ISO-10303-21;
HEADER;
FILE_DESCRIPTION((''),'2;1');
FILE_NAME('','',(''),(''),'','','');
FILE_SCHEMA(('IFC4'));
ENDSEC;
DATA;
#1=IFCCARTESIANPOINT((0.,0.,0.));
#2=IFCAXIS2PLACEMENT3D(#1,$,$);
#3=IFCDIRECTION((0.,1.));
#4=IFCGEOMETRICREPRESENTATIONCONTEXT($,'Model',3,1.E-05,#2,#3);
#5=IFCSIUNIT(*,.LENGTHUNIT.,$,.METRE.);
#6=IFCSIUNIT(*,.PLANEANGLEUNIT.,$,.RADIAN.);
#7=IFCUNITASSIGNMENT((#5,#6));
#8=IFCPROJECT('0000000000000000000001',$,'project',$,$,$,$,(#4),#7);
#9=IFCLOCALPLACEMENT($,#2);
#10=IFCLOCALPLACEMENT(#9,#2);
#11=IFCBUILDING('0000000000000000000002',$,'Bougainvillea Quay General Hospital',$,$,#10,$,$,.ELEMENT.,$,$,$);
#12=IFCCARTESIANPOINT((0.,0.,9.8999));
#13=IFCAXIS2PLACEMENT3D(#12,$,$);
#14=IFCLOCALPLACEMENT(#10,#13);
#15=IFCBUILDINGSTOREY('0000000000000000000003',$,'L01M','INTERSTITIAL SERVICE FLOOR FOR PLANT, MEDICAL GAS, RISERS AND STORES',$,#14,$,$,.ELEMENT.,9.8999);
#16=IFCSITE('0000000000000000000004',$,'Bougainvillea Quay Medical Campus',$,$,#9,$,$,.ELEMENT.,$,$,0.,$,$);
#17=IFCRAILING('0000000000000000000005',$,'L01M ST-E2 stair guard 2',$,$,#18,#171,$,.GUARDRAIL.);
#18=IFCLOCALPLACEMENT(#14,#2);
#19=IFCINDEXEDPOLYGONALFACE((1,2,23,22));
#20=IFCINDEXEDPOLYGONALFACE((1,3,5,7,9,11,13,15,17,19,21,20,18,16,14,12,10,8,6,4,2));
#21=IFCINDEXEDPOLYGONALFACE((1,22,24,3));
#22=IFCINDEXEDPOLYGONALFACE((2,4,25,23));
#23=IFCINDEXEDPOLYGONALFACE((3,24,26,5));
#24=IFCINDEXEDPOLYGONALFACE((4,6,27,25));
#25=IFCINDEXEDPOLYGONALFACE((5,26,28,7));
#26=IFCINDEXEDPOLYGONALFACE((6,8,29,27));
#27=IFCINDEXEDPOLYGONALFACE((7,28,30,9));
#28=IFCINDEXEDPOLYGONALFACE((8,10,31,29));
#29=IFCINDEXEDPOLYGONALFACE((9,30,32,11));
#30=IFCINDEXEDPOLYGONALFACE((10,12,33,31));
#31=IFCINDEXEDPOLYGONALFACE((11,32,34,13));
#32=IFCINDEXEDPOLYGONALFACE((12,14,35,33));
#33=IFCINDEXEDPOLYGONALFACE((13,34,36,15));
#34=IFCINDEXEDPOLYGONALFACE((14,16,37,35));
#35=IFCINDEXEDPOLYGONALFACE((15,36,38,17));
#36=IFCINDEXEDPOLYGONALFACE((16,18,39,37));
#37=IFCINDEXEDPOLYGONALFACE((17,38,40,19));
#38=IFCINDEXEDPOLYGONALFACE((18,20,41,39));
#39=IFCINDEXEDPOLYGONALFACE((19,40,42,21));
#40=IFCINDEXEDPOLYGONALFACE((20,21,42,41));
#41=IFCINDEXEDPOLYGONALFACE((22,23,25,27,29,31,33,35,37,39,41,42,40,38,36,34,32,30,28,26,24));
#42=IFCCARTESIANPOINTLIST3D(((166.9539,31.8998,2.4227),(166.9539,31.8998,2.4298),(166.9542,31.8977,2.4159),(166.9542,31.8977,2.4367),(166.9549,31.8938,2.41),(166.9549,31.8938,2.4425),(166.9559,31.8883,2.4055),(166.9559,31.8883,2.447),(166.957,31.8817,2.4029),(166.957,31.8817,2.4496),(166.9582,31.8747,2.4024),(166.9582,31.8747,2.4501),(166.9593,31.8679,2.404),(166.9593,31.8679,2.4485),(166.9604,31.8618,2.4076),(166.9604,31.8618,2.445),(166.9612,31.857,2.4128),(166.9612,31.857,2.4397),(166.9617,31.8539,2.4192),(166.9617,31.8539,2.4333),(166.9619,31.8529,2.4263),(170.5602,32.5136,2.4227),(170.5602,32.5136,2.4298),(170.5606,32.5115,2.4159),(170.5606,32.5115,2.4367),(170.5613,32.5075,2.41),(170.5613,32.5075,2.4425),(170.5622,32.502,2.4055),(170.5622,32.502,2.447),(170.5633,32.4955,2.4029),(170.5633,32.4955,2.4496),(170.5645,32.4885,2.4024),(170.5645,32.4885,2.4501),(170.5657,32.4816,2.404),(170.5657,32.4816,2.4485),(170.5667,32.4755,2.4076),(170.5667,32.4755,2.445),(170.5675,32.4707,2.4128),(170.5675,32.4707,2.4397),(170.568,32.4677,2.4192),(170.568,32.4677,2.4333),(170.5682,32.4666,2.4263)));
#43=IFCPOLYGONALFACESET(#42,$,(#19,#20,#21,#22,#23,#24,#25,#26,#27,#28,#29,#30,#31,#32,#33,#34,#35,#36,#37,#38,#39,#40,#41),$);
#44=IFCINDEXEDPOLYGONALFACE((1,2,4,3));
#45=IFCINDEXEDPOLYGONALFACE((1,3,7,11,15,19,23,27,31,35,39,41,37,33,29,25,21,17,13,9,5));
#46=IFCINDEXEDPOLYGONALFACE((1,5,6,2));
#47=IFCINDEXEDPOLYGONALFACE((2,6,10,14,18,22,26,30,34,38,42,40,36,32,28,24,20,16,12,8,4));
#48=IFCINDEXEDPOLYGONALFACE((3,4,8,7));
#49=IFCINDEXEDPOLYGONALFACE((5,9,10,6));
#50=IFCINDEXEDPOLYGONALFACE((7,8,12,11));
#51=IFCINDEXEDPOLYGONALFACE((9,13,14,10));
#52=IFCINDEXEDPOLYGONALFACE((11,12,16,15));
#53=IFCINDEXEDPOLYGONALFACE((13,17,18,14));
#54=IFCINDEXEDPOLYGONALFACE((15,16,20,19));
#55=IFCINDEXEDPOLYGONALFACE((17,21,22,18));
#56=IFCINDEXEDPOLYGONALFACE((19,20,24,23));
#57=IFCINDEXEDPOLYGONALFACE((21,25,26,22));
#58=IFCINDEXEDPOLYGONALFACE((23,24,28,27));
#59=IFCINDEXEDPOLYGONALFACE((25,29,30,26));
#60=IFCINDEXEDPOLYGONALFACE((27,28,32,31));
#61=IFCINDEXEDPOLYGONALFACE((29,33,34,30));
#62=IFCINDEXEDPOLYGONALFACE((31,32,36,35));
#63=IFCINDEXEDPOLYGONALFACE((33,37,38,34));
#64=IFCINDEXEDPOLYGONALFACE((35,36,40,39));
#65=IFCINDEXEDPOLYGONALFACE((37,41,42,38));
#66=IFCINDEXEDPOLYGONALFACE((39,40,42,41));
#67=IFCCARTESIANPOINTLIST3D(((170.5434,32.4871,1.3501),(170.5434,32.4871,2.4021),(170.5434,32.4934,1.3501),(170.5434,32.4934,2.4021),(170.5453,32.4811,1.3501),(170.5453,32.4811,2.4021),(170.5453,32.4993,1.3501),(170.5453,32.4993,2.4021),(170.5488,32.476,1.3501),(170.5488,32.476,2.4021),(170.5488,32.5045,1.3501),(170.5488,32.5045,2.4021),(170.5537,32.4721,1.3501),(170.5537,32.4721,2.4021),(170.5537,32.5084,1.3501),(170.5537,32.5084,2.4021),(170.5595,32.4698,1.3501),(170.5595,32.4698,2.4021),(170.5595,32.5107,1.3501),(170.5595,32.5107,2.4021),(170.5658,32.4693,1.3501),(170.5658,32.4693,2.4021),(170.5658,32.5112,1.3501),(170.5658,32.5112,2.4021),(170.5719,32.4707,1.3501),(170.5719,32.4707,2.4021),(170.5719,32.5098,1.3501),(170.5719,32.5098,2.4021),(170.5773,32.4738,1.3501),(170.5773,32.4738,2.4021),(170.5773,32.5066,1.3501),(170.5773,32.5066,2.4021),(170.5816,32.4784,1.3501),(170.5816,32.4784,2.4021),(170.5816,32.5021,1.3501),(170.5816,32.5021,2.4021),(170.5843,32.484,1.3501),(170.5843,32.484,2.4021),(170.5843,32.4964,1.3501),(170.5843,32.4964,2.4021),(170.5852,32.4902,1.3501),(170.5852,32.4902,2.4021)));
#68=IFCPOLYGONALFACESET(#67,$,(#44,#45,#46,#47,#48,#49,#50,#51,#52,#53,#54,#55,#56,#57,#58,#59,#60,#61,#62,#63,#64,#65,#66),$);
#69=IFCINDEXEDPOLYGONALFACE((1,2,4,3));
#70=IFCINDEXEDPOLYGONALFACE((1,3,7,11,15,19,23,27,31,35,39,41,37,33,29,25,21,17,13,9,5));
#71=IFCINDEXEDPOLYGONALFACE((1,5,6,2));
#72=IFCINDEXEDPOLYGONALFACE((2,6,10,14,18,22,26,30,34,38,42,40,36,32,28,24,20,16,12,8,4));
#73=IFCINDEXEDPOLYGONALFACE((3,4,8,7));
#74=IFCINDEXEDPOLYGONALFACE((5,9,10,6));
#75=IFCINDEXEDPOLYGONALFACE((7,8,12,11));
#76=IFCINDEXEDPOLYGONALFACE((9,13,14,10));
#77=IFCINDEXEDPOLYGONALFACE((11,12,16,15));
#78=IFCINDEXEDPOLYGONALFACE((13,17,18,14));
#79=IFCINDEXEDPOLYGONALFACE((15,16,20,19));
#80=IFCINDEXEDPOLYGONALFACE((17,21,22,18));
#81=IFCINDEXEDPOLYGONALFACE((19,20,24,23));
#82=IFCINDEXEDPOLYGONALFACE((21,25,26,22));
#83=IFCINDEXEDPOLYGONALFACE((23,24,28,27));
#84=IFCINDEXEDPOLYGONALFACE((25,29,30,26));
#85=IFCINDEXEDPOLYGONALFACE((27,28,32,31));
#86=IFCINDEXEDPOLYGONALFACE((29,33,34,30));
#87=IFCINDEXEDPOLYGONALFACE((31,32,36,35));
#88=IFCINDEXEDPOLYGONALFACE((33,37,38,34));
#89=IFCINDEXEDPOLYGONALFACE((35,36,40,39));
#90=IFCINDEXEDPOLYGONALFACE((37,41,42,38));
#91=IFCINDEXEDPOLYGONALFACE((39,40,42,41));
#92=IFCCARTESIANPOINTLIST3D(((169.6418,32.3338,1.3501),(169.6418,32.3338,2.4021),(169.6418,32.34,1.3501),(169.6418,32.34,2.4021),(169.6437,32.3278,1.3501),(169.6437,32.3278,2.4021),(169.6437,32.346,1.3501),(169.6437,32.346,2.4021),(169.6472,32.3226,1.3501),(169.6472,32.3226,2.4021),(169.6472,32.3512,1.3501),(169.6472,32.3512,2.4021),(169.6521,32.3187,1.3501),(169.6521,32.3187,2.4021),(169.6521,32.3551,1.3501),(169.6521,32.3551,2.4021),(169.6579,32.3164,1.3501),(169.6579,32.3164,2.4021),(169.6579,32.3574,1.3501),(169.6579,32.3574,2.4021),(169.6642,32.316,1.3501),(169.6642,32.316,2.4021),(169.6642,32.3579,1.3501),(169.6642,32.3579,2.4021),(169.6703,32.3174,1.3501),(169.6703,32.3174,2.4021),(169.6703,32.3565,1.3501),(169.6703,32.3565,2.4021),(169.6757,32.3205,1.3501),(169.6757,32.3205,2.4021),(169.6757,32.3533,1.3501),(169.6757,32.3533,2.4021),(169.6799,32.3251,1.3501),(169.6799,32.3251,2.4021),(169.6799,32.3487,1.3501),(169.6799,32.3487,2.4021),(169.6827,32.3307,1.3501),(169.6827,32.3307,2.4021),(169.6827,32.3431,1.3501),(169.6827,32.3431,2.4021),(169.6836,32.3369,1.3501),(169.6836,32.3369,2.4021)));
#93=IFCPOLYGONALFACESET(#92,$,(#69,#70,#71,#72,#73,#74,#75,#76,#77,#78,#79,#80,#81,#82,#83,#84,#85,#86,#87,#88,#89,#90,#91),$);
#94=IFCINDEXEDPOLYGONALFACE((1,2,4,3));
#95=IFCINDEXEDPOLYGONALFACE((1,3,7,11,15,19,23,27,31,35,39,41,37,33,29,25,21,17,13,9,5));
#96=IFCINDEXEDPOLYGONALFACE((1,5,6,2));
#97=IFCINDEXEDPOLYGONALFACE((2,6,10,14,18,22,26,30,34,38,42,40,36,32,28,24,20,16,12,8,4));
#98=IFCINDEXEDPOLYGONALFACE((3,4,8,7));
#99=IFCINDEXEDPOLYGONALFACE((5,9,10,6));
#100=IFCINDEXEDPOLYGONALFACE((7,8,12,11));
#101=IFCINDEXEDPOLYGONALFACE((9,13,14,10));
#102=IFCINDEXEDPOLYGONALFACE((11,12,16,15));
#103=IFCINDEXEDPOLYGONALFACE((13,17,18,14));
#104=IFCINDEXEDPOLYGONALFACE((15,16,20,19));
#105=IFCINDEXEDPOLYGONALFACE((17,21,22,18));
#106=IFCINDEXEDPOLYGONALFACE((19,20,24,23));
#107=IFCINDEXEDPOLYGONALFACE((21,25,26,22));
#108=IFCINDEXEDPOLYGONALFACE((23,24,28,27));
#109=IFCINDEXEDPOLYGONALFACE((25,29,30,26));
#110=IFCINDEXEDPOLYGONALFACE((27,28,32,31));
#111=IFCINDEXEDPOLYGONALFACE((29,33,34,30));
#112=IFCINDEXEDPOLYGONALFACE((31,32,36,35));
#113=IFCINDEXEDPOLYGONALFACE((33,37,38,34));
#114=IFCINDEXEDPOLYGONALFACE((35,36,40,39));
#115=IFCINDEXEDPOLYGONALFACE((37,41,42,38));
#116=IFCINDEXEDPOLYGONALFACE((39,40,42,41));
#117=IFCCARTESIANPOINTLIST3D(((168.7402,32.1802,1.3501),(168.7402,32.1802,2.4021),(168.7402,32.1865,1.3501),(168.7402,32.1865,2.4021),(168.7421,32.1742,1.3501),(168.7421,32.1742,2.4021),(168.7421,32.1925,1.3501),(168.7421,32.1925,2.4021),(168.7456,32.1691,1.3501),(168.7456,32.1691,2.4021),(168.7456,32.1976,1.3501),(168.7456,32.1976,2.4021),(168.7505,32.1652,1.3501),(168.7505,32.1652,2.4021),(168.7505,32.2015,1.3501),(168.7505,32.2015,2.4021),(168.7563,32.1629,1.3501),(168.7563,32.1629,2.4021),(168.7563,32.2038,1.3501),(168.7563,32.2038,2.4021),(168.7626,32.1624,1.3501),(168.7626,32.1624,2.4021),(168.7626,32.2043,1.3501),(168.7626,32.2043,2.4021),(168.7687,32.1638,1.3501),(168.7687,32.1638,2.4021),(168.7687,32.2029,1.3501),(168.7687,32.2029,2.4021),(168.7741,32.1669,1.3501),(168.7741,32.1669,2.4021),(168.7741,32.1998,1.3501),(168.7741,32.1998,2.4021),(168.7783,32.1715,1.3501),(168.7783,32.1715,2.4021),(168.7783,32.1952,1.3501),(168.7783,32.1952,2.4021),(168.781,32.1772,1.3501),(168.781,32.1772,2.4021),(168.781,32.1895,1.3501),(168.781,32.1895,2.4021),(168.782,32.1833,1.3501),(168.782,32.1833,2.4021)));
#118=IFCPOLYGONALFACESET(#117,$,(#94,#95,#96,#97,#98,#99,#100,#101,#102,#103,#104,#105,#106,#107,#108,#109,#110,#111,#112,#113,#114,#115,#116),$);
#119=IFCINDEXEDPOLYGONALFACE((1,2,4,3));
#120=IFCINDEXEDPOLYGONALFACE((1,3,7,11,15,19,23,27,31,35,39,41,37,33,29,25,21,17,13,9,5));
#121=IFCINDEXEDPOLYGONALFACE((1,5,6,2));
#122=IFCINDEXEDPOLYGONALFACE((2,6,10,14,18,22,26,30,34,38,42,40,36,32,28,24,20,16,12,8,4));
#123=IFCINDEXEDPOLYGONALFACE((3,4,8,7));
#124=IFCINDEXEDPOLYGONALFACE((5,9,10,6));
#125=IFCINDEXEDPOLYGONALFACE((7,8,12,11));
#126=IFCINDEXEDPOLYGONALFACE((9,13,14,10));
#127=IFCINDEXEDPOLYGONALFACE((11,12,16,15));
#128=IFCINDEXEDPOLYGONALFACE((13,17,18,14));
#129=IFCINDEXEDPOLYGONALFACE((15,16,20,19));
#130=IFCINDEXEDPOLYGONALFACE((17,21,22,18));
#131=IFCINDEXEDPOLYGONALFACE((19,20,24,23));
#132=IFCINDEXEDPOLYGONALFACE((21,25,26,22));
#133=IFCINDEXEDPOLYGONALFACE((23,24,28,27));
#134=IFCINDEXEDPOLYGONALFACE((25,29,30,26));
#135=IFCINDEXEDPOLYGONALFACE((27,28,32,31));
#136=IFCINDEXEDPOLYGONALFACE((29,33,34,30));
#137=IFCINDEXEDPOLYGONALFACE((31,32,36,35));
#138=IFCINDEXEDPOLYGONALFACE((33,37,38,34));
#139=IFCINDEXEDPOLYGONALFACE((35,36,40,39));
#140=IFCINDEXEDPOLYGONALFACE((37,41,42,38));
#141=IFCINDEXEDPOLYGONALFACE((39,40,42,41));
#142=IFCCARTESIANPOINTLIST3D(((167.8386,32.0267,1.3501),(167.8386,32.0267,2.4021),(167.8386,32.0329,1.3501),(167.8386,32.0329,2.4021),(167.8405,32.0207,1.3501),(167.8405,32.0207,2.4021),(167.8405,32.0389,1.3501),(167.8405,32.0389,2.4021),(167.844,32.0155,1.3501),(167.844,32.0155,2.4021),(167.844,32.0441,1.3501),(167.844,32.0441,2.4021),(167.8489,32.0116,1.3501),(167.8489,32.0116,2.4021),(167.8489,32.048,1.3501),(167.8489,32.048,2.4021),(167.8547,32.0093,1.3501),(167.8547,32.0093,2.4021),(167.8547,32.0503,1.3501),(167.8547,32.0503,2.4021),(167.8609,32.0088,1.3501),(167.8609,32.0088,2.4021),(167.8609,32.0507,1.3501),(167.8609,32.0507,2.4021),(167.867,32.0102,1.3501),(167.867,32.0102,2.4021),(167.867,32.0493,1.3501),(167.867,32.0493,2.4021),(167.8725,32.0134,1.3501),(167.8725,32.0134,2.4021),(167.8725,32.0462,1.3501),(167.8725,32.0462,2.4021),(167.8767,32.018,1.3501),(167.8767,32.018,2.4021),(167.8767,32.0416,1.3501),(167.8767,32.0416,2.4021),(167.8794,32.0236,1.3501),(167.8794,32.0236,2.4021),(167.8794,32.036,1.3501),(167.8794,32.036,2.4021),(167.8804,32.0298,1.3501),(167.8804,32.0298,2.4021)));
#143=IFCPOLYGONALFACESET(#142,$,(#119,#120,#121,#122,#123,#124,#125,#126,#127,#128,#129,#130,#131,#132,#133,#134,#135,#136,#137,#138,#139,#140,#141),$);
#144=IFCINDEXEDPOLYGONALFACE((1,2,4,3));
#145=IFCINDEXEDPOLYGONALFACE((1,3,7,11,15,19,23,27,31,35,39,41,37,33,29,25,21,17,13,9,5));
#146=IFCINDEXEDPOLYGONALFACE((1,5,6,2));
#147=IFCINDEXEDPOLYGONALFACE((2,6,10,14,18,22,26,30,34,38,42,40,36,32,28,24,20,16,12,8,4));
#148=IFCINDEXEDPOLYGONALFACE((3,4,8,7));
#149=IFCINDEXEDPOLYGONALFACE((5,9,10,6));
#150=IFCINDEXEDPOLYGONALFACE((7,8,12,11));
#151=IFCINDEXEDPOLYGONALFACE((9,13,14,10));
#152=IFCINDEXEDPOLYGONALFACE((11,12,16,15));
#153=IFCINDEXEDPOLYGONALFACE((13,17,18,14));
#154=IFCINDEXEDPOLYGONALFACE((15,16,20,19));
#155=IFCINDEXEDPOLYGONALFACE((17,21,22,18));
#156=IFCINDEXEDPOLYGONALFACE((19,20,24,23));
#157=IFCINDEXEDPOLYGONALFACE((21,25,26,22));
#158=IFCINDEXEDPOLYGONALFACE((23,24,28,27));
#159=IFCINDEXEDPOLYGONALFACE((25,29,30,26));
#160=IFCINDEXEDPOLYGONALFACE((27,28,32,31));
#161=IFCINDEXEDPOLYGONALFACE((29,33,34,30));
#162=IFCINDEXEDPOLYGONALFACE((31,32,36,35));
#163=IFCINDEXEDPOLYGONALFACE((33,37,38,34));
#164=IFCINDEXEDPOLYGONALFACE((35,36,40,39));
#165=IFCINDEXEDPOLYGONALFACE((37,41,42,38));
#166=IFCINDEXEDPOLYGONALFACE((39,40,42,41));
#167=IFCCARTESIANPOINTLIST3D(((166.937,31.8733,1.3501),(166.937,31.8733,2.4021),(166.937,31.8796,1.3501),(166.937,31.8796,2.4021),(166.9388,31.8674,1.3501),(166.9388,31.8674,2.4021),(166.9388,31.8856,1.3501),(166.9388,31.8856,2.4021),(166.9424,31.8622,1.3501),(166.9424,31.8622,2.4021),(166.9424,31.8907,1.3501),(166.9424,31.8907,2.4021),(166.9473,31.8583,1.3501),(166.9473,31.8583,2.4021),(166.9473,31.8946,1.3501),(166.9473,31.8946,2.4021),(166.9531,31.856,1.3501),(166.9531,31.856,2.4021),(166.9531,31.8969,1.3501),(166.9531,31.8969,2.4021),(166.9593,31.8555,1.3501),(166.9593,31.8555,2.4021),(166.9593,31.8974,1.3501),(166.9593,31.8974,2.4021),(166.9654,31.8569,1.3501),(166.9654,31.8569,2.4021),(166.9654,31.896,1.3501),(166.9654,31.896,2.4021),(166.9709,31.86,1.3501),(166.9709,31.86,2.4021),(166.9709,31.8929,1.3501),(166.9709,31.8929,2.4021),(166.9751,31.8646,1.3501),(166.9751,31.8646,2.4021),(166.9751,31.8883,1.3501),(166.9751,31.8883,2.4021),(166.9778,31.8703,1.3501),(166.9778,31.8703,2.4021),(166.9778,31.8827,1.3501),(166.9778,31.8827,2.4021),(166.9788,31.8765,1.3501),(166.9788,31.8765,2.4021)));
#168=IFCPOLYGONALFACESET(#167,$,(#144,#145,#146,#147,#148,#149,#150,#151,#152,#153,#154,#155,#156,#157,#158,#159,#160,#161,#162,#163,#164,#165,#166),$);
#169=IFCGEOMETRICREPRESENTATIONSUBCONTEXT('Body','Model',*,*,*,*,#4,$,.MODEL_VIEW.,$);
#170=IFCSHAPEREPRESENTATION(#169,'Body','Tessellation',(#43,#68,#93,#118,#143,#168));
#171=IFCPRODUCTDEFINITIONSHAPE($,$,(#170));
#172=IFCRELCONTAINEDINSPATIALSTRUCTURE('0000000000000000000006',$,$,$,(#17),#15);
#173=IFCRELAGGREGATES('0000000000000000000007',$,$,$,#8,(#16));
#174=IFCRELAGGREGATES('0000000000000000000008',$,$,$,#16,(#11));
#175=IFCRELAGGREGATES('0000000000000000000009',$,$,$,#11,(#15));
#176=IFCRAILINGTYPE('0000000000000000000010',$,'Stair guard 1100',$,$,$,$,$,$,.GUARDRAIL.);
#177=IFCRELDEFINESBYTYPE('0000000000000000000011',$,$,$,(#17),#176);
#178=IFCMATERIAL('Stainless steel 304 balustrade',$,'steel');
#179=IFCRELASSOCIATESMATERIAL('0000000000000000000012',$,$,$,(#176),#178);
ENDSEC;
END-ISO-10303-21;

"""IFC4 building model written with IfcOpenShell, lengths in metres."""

from ifc_helpers import new_model, si_unit, direction, frame, origin, origin_2d, place, context, subcontext, project, spatial, circle, extrude, material, type_object, element, save


model = new_model("IFC4")

# Units and contexts
model_context = context("Model", 3, precision=1e-05, world=origin(), true_north=direction((0.0, 1.0)))
body_context = subcontext(model_context, "Body", "Model", "MODEL_VIEW")
ifc_project = project(units=[si_unit("LENGTHUNIT", "METRE"), si_unit("PLANEANGLEUNIT", "RADIAN")], contexts=[model_context])

# Site, building, storey
site_placement = place(None, origin())
site = spatial("IfcSite", under=ifc_project, at=site_placement, Name="Bougainvillea Quay Medical Campus", CompositionType="ELEMENT", RefElevation=0.0)
building_placement = place(site_placement, origin())
building = spatial("IfcBuilding", under=site, at=building_placement, Name="Bougainvillea Quay General Hospital", CompositionType="ELEMENT")
storey_placement = place(building_placement, frame((0.0, 0.0, 9.8999)))
storey = spatial("IfcBuildingStorey", under=building, at=storey_placement, Name="L01M", Description="INTERSTITIAL SERVICE FLOOR FOR PLANT, MEDICAL GAS, RISERS AND STORES", CompositionType="ELEMENT", Elevation=9.8999)

# Railing
ifc_material_1 = material(Name="Stainless steel 304 balustrade", Category="steel")
railing_type_1 = type_object("IfcRailingType", Name="Stair guard 1100", PredefinedType="GUARDRAIL", material=ifc_material_1)
railing_1_placement = place(storey_placement, frame((170.5642, 32.4902, 1.3501)))
element("IfcRailing", 1, at=railing_1_placement, inside=storey, type_object=railing_type_1, Name="L01M ST-E2 stair guard 2", PredefinedType="GUARDRAIL", context=body_context, shape_type="SweptSolid", body=[
    extrude(circle(Radius=0.0239, at=origin_2d()), frame((0.0, 0.0, 1.0762), z_axis=(-0.985825, -0.167775, 0.0), x_axis=(0.167775, -0.985825, 0.0)), (0.0, 0.0, 1.0), 3.6582),
    extrude(circle(Radius=0.021, at=origin_2d()), origin(), (0.0, 0.0, 1.0), 1.052),
    extrude(circle(Radius=0.021, at=origin_2d()), frame((-0.9016, -0.1533, 0.0)), (0.0, 0.0, 1.0), 1.052),
    extrude(circle(Radius=0.021, at=origin_2d()), frame((-1.8032, -0.3069, 0.0)), (0.0, 0.0, 1.0), 1.052),
    extrude(circle(Radius=0.021, at=origin_2d()), frame((-2.7048, -0.4604, 0.0)), (0.0, 0.0, 1.0), 1.052),
    extrude(circle(Radius=0.021, at=origin_2d()), frame((-3.6064, -0.6138, 0.0)), (0.0, 0.0, 1.0), 1.052),
])

save(model, "model.ifc")
